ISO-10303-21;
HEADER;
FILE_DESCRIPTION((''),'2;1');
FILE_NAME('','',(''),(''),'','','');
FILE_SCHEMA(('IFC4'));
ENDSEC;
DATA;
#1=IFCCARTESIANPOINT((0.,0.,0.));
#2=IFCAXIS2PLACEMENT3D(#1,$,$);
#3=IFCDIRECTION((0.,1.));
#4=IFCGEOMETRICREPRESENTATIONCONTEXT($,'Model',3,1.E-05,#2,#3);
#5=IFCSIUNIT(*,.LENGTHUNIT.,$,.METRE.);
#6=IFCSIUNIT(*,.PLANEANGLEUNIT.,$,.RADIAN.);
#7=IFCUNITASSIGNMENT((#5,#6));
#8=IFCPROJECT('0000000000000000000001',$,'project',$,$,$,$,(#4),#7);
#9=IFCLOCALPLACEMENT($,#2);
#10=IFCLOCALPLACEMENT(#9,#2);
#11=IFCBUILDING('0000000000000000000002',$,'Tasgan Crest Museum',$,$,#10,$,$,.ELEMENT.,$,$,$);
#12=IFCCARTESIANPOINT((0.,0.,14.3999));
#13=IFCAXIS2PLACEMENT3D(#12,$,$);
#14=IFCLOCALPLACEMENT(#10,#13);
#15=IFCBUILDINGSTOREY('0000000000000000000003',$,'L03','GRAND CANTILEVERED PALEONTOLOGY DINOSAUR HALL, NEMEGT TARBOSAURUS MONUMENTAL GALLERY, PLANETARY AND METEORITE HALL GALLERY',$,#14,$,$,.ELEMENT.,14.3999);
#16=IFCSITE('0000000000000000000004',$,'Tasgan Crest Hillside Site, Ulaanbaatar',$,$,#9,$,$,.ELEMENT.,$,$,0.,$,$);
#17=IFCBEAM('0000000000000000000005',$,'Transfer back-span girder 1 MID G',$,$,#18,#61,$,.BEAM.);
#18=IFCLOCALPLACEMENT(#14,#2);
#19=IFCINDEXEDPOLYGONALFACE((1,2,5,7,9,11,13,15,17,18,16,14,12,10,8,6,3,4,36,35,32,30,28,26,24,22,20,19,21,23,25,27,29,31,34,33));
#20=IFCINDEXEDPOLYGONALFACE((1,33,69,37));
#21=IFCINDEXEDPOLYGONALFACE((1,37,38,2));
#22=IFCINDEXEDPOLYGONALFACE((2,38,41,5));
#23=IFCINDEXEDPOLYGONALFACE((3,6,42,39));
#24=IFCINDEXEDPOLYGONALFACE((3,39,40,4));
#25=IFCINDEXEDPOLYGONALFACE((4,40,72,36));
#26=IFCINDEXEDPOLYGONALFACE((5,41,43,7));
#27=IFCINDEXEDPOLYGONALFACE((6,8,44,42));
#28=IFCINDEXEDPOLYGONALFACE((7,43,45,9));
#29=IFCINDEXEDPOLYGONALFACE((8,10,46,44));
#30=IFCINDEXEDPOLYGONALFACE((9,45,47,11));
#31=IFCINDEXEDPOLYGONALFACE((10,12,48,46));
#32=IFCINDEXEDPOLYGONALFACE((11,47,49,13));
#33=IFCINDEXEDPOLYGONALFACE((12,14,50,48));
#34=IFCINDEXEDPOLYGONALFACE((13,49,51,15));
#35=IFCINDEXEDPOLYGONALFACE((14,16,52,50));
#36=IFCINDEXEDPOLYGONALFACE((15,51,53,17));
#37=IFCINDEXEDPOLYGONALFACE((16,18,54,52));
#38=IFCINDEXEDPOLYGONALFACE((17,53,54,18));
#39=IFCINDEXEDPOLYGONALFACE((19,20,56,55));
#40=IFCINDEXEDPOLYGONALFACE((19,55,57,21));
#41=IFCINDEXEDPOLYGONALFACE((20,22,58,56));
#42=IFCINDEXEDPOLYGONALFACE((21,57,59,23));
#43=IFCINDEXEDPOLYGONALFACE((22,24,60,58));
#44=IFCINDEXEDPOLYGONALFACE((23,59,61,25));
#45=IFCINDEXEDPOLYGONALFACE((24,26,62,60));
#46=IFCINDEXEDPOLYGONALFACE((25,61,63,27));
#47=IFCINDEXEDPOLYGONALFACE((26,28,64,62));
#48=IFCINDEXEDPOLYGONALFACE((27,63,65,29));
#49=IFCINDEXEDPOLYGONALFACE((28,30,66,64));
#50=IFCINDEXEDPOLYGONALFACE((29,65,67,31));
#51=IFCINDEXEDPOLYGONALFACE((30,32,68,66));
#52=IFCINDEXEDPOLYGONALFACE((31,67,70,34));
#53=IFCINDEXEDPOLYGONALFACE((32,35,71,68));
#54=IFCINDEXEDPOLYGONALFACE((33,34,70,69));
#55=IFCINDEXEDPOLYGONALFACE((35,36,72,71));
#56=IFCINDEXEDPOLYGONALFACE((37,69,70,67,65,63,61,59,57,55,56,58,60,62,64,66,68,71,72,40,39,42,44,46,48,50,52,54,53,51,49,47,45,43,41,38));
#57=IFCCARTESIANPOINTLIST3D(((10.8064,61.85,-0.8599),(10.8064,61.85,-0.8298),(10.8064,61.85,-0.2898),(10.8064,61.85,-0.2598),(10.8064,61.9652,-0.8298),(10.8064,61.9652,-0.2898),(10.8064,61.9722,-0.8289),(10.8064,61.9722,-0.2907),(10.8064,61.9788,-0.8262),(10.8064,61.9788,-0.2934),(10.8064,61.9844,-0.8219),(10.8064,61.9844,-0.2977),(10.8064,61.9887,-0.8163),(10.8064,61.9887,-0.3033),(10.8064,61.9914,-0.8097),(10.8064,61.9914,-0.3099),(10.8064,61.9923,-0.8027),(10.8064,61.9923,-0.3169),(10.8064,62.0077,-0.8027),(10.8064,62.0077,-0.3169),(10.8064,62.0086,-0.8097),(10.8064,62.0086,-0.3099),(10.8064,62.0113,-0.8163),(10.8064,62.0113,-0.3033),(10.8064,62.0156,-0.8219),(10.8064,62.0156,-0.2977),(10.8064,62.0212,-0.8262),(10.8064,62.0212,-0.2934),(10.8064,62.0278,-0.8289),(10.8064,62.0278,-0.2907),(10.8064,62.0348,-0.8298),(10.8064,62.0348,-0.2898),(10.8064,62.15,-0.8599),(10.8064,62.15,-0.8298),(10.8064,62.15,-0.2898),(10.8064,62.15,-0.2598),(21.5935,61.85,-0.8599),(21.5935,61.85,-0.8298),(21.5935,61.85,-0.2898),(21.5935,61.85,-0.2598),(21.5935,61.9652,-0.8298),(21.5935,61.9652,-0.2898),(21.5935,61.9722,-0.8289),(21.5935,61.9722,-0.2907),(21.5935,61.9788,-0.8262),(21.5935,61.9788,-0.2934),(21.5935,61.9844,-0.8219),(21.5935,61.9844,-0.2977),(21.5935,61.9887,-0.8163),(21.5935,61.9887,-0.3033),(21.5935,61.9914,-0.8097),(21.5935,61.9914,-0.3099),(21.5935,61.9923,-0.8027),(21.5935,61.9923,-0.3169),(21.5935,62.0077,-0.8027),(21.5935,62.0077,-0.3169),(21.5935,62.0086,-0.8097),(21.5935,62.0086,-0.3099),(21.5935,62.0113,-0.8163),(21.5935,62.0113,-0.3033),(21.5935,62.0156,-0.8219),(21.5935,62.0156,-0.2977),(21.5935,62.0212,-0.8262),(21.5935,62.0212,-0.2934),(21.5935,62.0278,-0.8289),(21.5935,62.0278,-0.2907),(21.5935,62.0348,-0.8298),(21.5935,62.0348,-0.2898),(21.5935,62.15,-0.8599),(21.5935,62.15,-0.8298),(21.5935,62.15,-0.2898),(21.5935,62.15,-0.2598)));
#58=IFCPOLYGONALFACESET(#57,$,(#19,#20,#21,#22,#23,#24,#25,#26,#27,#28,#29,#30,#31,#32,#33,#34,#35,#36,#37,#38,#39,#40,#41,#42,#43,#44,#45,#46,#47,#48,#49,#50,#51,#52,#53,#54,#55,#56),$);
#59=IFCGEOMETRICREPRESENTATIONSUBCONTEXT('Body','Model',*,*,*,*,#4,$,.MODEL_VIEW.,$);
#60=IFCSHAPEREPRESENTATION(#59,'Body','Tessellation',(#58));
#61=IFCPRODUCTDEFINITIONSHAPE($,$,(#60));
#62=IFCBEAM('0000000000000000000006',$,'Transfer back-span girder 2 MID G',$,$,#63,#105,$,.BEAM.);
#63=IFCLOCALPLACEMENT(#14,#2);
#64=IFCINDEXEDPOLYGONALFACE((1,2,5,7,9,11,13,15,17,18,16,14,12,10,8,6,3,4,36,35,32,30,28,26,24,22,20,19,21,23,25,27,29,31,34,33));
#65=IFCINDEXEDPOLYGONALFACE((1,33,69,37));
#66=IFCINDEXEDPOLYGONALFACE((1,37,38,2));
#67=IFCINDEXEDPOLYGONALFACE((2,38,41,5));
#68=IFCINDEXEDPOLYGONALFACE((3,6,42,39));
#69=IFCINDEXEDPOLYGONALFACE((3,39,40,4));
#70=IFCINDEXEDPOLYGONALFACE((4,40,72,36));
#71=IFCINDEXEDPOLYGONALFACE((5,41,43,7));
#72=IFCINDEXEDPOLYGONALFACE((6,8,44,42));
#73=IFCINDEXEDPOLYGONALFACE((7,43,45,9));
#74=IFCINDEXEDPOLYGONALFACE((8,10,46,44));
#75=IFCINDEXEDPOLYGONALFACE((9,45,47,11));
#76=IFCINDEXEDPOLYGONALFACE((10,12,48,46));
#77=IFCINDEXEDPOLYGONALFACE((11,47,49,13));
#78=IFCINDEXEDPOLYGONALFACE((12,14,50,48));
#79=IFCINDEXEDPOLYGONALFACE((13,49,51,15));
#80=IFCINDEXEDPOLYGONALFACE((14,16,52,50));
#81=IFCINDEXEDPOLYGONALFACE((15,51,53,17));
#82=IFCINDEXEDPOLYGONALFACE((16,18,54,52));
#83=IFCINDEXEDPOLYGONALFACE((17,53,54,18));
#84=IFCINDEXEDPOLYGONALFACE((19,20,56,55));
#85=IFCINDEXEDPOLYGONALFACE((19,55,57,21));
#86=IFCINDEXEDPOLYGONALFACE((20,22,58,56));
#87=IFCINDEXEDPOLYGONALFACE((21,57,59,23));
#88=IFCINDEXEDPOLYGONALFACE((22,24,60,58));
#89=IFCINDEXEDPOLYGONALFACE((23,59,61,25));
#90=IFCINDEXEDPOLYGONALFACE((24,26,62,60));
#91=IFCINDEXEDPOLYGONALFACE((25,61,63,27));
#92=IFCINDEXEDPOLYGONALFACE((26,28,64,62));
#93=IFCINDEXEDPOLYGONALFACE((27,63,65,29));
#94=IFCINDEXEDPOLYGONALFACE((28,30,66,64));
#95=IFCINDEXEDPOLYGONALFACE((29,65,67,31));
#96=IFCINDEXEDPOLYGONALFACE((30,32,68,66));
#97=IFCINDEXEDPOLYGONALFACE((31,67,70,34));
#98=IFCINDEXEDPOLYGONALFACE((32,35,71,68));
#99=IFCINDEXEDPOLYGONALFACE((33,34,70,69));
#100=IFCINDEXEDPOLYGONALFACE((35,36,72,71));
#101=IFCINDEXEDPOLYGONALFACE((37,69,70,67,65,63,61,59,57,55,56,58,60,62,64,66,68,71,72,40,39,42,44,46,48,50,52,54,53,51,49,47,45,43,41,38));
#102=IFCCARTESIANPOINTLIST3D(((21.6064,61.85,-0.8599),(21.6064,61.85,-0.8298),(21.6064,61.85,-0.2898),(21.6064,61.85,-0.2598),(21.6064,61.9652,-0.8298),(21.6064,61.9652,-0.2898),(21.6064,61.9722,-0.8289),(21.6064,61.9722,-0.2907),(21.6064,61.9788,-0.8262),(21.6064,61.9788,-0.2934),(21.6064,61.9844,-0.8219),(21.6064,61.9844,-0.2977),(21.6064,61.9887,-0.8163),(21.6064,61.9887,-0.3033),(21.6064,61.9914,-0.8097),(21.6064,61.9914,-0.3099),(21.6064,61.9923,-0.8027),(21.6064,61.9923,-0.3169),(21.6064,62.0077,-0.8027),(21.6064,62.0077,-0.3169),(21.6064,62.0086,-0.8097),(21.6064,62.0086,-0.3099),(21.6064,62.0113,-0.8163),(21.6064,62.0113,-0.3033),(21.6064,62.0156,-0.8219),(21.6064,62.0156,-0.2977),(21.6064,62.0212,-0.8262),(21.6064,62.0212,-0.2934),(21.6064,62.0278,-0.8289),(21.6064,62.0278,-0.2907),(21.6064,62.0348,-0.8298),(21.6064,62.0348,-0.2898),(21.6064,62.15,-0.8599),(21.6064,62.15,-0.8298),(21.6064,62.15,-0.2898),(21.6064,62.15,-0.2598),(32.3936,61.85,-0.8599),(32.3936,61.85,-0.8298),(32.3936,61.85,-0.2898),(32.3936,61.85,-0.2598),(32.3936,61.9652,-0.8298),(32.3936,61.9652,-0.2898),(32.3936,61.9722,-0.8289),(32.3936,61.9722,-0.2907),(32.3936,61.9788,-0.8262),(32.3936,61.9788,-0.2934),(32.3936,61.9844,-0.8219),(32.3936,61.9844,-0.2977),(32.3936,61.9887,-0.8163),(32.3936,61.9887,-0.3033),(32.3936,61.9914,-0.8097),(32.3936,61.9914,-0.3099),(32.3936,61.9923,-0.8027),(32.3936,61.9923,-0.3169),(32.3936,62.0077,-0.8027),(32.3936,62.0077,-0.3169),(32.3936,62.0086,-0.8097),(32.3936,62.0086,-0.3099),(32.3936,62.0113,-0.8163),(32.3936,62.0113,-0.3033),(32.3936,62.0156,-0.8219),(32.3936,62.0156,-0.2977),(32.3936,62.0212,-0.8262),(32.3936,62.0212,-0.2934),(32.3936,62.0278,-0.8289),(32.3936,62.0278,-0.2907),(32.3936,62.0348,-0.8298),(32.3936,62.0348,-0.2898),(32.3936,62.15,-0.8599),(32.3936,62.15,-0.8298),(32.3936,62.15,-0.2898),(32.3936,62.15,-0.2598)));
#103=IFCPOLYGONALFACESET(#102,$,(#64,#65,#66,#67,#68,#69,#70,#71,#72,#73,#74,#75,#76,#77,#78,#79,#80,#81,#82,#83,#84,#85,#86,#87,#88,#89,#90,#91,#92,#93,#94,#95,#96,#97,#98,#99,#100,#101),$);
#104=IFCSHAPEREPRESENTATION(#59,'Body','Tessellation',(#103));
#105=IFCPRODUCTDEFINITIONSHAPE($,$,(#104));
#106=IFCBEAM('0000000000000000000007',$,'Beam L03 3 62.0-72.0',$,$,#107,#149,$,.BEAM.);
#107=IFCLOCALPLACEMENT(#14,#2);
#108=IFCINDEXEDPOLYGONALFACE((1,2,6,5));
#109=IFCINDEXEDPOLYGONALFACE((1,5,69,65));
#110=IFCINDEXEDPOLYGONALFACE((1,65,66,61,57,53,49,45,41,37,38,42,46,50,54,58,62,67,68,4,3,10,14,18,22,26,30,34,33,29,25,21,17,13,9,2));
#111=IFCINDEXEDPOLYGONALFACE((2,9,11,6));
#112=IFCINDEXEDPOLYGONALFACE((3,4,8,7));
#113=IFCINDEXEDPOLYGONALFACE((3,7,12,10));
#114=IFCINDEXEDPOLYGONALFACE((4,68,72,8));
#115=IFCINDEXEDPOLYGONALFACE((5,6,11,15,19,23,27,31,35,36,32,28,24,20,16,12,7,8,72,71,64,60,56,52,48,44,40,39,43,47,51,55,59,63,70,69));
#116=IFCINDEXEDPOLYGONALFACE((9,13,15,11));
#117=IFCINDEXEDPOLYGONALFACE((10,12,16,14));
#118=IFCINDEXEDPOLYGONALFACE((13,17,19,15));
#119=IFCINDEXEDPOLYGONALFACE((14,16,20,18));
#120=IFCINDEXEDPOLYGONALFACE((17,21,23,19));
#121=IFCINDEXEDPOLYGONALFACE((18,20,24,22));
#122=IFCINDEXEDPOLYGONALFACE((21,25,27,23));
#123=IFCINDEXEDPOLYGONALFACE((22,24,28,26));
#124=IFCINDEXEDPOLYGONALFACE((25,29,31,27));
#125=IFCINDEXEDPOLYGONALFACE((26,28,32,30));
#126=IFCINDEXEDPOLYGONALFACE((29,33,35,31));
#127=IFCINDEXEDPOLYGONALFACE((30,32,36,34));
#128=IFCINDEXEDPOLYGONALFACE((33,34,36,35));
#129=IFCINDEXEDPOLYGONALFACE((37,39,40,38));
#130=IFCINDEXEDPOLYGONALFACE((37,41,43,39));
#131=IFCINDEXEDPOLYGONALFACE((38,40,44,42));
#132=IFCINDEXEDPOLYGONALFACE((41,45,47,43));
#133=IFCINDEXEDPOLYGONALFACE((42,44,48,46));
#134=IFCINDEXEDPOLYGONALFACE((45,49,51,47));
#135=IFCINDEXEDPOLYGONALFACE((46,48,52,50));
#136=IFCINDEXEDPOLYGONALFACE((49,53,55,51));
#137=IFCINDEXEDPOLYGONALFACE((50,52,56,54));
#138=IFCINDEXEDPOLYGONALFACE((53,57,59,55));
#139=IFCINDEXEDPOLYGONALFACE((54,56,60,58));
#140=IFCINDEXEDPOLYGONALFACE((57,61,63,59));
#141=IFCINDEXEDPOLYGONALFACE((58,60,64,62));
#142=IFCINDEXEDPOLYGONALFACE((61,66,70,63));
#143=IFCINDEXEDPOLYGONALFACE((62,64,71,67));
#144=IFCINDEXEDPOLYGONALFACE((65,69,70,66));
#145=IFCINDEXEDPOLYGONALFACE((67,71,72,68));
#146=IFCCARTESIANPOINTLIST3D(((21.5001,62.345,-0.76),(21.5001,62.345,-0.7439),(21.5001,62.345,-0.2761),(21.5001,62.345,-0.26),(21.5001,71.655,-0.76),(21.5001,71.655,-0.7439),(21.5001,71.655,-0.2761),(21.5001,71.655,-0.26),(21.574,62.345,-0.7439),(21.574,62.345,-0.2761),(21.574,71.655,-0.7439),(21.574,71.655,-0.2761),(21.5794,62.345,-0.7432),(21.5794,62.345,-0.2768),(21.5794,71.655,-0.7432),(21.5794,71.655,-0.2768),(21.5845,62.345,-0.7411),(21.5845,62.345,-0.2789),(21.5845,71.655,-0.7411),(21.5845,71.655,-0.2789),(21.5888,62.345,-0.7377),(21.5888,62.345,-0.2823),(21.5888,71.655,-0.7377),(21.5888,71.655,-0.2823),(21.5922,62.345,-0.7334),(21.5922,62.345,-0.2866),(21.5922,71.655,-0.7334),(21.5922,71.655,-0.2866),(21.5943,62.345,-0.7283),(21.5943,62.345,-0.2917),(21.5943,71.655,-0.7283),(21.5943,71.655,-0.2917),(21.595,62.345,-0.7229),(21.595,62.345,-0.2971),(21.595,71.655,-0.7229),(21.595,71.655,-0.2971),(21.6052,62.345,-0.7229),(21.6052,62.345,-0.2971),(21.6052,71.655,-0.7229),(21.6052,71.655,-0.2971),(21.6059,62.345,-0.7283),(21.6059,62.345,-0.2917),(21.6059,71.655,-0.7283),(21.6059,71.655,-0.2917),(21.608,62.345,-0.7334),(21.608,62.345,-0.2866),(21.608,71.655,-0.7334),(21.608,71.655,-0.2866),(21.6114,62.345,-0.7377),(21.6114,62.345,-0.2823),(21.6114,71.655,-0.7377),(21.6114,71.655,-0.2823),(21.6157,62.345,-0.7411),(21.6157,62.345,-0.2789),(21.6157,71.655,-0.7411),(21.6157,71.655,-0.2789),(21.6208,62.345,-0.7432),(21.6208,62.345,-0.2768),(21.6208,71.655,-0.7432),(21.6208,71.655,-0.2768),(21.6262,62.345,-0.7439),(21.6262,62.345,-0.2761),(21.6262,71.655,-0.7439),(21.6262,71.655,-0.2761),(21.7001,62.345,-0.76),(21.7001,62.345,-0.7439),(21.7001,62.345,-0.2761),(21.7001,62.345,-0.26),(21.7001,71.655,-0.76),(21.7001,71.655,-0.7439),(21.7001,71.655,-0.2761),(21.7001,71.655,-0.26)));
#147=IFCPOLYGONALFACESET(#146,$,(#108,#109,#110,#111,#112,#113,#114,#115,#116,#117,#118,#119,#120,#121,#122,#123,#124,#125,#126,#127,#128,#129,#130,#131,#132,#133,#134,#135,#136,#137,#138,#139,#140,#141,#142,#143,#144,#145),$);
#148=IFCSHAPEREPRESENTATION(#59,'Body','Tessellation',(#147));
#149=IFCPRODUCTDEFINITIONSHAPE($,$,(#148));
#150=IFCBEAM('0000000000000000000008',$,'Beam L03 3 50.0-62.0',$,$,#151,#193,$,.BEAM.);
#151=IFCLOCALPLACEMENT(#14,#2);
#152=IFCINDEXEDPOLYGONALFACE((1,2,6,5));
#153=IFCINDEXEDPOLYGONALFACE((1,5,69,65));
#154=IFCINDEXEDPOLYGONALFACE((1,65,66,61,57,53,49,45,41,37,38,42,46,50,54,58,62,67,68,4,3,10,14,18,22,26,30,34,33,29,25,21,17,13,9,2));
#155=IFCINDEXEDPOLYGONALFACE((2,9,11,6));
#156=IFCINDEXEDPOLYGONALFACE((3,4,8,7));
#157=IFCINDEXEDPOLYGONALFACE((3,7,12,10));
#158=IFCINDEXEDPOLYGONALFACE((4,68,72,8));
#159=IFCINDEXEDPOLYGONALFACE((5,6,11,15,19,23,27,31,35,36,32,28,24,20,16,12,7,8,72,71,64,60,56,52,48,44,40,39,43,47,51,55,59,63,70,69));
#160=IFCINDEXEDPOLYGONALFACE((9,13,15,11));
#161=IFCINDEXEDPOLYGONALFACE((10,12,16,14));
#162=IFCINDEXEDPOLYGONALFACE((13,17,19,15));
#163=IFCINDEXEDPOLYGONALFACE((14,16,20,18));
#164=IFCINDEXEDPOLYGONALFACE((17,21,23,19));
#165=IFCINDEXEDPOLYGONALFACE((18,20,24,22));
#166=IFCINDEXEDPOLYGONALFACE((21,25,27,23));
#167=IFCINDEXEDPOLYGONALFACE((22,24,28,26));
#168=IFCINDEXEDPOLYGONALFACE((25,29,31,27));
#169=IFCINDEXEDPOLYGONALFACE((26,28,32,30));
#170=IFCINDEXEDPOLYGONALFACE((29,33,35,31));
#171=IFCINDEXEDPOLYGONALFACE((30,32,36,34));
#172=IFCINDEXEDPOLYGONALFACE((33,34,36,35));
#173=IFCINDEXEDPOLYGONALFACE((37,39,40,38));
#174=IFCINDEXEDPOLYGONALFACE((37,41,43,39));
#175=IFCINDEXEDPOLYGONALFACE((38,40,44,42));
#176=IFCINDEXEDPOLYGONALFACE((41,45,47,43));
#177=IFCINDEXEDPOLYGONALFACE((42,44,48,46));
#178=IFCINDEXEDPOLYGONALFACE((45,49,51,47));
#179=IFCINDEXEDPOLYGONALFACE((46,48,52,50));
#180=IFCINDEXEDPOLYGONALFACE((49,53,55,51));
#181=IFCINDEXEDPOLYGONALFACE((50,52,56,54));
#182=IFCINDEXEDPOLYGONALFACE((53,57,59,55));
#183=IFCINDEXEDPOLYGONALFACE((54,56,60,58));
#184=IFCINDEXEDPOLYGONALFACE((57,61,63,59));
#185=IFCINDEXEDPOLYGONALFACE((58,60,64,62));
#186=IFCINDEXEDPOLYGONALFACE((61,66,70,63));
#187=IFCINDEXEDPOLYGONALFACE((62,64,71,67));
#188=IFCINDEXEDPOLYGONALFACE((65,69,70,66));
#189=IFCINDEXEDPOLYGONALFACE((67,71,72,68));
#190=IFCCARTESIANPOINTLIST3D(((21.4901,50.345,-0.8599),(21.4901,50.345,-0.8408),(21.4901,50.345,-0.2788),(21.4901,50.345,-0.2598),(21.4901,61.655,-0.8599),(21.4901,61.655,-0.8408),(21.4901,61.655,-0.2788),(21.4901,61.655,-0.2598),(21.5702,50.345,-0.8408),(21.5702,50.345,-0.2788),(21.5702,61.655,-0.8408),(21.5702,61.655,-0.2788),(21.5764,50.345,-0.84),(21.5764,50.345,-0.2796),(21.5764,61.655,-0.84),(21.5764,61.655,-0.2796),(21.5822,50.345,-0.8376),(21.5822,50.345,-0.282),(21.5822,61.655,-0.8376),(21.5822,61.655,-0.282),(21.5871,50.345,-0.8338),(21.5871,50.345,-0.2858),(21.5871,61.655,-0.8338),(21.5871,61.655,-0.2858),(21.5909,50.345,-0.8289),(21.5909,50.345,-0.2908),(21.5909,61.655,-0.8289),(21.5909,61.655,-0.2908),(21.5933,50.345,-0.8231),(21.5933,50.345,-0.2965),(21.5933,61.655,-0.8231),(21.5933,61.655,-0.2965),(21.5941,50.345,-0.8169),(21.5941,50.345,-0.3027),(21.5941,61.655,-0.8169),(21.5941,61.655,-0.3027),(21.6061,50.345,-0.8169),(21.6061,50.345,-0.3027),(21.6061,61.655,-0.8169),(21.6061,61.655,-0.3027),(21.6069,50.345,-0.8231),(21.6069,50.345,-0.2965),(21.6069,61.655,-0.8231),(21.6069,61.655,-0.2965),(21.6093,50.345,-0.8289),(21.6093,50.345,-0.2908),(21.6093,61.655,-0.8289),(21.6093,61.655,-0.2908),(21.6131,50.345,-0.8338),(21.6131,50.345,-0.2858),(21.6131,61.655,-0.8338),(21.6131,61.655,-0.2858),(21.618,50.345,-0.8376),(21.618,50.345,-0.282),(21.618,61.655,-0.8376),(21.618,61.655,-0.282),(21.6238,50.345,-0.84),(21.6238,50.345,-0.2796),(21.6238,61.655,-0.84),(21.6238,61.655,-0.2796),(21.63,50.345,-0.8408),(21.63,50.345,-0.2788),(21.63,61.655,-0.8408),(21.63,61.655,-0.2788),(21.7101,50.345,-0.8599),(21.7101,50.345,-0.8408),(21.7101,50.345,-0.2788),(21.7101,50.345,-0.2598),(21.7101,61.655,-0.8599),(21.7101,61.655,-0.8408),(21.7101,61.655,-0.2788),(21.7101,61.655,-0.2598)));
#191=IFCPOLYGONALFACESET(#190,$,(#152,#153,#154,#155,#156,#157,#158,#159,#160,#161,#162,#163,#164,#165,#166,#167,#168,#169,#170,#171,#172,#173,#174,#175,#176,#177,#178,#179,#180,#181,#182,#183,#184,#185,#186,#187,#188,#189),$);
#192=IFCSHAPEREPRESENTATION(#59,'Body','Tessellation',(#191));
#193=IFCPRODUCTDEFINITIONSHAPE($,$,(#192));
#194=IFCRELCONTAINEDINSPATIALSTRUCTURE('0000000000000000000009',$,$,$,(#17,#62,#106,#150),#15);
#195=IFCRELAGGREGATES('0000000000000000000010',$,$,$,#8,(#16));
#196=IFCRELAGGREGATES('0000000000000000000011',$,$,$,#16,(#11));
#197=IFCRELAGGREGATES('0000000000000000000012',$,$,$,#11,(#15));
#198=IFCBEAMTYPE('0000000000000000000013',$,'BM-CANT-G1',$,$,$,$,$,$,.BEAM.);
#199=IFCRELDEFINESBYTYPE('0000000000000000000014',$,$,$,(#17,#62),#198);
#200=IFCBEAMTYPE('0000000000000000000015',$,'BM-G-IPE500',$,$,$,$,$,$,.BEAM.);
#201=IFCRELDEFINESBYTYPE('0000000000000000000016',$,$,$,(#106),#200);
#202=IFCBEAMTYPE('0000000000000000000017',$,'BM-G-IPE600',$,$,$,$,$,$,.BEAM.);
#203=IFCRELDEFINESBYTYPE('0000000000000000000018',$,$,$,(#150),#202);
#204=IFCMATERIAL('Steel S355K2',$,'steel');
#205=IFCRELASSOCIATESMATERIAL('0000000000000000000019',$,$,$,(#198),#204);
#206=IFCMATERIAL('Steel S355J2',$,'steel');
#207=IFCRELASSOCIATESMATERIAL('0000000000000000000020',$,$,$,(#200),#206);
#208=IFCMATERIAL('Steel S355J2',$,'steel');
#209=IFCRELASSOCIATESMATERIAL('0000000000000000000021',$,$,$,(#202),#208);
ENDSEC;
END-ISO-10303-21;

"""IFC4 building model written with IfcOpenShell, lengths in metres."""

from ifc_helpers import new_model, si_unit, direction, frame, origin, origin_2d, place, context, subcontext, project, spatial, i_section, extrude, material, material_profile, profile_set, type_object, element, save


model = new_model("IFC4")

# Units and contexts
model_context = context("Model", 3, precision=1e-05, world=origin(), true_north=direction((0.0, 1.0)))
body_context = subcontext(model_context, "Body", "Model", "MODEL_VIEW")
ifc_project = project(units=[si_unit("LENGTHUNIT", "METRE"), si_unit("PLANEANGLEUNIT", "RADIAN")], contexts=[model_context])

# Site, building, storey
site_placement = place(None, origin())
site = spatial("IfcSite", under=ifc_project, at=site_placement, Name="Tasgan Crest Hillside Site, Ulaanbaatar", CompositionType="ELEMENT", RefElevation=0.0)
building_placement = place(site_placement, origin())
building = spatial("IfcBuilding", under=site, at=building_placement, Name="Tasgan Crest Museum", CompositionType="ELEMENT")
storey_placement = place(building_placement, frame((0.0, 0.0, 14.3999)))
storey = spatial("IfcBuildingStorey", under=building, at=storey_placement, Name="L03", Description="GRAND CANTILEVERED PALEONTOLOGY DINOSAUR HALL, NEMEGT TARBOSAURUS MONUMENTAL GALLERY, PLANETARY AND METEORITE HALL GALLERY", CompositionType="ELEMENT", Elevation=14.3999)

# Beams
ifc_material_1 = material(Name="Steel S355K2", Category="steel")
ifc_material_profile_1 = material_profile(ifc_material_1, i_section(OverallWidth=0.3, OverallDepth=0.6001, WebThickness=0.0154, FlangeThickness=0.03, FilletRadius=0.0271, at=origin_2d()), Name="HEB 600")
ifc_profile_set_1 = profile_set([ifc_material_profile_1], Name="Steel S355K2")
beam_type_1 = type_object("IfcBeamType", Name="BM-CANT-G1", PredefinedType="BEAM", material=ifc_profile_set_1)
for number, where, z_axis, x_axis, name in (
    (1, (10.8064, 62.0, -0.5598), (1.0, 0.0, 0.0), (0.0, 1.0, 0.0), "Transfer back-span girder 1 MID G"),
    (2, (21.6064, 62.0, -0.5598), (1.0, 0.0, 0.0), (0.0, 1.0, 0.0), "Transfer back-span girder 2 MID G"),
):
    element("IfcBeam", number, at=place(storey_placement, frame(where, z_axis=z_axis, x_axis=x_axis)), inside=storey, type_object=beam_type_1, Name=name, PredefinedType="BEAM", context=body_context, shape_type="SweptSolid", body=[
        extrude(i_section(OverallWidth=0.3, OverallDepth=0.6001, WebThickness=0.0154, FlangeThickness=0.03, FilletRadius=0.0271, at=origin_2d()), origin(), (0.0, 0.0, 1.0), 10.7871),
    ])
ifc_material_2 = material(Name="Steel S355J2", Category="steel")
ifc_material_profile_2 = material_profile(ifc_material_2, i_section(OverallWidth=0.2, OverallDepth=0.5, WebThickness=0.0103, FlangeThickness=0.0161, FilletRadius=0.021, at=origin_2d()), Name="IPE 500")
ifc_profile_set_2 = profile_set([ifc_material_profile_2], Name="Steel S355J2")
beam_type_2 = type_object("IfcBeamType", Name="BM-G-IPE500", PredefinedType="BEAM", material=ifc_profile_set_2)
beam_1_placement = place(storey_placement, frame((21.6001, 62.345, -0.51), z_axis=(0.0, 1.0, 0.0), x_axis=(-1.0, 0.0, 0.0)))
element("IfcBeam", 3, at=beam_1_placement, inside=storey, type_object=beam_type_2, Name="Beam L03 3 62.0-72.0", PredefinedType="BEAM", context=body_context, shape_type="SweptSolid", body=[
    extrude(i_section(OverallWidth=0.2, OverallDepth=0.5, WebThickness=0.0103, FlangeThickness=0.0161, FilletRadius=0.021, at=origin_2d()), origin(), (0.0, 0.0, 1.0), 9.3101),
])
ifc_material_3 = material(Name="Steel S355J2", Category="steel")
ifc_material_profile_3 = material_profile(ifc_material_3, i_section(OverallWidth=0.22, OverallDepth=0.6001, WebThickness=0.012, FlangeThickness=0.019, FilletRadius=0.0239, at=origin_2d()), Name="IPE 600")
ifc_profile_set_3 = profile_set([ifc_material_profile_3], Name="Steel S355J2")
beam_type_3 = type_object("IfcBeamType", Name="BM-G-IPE600", PredefinedType="BEAM", material=ifc_profile_set_3)
beam_2_placement = place(storey_placement, frame((21.6001, 50.345, -0.5598), z_axis=(0.0, 1.0, 0.0), x_axis=(-1.0, 0.0, 0.0)))
element("IfcBeam", 4, at=beam_2_placement, inside=storey, type_object=beam_type_3, Name="Beam L03 3 50.0-62.0", PredefinedType="BEAM", context=body_context, shape_type="SweptSolid", body=[
    extrude(i_section(OverallWidth=0.22, OverallDepth=0.6001, WebThickness=0.012, FlangeThickness=0.019, FilletRadius=0.0239, at=origin_2d()), origin(), (0.0, 0.0, 1.0), 11.3101),
])

save(model, "model.ifc")
